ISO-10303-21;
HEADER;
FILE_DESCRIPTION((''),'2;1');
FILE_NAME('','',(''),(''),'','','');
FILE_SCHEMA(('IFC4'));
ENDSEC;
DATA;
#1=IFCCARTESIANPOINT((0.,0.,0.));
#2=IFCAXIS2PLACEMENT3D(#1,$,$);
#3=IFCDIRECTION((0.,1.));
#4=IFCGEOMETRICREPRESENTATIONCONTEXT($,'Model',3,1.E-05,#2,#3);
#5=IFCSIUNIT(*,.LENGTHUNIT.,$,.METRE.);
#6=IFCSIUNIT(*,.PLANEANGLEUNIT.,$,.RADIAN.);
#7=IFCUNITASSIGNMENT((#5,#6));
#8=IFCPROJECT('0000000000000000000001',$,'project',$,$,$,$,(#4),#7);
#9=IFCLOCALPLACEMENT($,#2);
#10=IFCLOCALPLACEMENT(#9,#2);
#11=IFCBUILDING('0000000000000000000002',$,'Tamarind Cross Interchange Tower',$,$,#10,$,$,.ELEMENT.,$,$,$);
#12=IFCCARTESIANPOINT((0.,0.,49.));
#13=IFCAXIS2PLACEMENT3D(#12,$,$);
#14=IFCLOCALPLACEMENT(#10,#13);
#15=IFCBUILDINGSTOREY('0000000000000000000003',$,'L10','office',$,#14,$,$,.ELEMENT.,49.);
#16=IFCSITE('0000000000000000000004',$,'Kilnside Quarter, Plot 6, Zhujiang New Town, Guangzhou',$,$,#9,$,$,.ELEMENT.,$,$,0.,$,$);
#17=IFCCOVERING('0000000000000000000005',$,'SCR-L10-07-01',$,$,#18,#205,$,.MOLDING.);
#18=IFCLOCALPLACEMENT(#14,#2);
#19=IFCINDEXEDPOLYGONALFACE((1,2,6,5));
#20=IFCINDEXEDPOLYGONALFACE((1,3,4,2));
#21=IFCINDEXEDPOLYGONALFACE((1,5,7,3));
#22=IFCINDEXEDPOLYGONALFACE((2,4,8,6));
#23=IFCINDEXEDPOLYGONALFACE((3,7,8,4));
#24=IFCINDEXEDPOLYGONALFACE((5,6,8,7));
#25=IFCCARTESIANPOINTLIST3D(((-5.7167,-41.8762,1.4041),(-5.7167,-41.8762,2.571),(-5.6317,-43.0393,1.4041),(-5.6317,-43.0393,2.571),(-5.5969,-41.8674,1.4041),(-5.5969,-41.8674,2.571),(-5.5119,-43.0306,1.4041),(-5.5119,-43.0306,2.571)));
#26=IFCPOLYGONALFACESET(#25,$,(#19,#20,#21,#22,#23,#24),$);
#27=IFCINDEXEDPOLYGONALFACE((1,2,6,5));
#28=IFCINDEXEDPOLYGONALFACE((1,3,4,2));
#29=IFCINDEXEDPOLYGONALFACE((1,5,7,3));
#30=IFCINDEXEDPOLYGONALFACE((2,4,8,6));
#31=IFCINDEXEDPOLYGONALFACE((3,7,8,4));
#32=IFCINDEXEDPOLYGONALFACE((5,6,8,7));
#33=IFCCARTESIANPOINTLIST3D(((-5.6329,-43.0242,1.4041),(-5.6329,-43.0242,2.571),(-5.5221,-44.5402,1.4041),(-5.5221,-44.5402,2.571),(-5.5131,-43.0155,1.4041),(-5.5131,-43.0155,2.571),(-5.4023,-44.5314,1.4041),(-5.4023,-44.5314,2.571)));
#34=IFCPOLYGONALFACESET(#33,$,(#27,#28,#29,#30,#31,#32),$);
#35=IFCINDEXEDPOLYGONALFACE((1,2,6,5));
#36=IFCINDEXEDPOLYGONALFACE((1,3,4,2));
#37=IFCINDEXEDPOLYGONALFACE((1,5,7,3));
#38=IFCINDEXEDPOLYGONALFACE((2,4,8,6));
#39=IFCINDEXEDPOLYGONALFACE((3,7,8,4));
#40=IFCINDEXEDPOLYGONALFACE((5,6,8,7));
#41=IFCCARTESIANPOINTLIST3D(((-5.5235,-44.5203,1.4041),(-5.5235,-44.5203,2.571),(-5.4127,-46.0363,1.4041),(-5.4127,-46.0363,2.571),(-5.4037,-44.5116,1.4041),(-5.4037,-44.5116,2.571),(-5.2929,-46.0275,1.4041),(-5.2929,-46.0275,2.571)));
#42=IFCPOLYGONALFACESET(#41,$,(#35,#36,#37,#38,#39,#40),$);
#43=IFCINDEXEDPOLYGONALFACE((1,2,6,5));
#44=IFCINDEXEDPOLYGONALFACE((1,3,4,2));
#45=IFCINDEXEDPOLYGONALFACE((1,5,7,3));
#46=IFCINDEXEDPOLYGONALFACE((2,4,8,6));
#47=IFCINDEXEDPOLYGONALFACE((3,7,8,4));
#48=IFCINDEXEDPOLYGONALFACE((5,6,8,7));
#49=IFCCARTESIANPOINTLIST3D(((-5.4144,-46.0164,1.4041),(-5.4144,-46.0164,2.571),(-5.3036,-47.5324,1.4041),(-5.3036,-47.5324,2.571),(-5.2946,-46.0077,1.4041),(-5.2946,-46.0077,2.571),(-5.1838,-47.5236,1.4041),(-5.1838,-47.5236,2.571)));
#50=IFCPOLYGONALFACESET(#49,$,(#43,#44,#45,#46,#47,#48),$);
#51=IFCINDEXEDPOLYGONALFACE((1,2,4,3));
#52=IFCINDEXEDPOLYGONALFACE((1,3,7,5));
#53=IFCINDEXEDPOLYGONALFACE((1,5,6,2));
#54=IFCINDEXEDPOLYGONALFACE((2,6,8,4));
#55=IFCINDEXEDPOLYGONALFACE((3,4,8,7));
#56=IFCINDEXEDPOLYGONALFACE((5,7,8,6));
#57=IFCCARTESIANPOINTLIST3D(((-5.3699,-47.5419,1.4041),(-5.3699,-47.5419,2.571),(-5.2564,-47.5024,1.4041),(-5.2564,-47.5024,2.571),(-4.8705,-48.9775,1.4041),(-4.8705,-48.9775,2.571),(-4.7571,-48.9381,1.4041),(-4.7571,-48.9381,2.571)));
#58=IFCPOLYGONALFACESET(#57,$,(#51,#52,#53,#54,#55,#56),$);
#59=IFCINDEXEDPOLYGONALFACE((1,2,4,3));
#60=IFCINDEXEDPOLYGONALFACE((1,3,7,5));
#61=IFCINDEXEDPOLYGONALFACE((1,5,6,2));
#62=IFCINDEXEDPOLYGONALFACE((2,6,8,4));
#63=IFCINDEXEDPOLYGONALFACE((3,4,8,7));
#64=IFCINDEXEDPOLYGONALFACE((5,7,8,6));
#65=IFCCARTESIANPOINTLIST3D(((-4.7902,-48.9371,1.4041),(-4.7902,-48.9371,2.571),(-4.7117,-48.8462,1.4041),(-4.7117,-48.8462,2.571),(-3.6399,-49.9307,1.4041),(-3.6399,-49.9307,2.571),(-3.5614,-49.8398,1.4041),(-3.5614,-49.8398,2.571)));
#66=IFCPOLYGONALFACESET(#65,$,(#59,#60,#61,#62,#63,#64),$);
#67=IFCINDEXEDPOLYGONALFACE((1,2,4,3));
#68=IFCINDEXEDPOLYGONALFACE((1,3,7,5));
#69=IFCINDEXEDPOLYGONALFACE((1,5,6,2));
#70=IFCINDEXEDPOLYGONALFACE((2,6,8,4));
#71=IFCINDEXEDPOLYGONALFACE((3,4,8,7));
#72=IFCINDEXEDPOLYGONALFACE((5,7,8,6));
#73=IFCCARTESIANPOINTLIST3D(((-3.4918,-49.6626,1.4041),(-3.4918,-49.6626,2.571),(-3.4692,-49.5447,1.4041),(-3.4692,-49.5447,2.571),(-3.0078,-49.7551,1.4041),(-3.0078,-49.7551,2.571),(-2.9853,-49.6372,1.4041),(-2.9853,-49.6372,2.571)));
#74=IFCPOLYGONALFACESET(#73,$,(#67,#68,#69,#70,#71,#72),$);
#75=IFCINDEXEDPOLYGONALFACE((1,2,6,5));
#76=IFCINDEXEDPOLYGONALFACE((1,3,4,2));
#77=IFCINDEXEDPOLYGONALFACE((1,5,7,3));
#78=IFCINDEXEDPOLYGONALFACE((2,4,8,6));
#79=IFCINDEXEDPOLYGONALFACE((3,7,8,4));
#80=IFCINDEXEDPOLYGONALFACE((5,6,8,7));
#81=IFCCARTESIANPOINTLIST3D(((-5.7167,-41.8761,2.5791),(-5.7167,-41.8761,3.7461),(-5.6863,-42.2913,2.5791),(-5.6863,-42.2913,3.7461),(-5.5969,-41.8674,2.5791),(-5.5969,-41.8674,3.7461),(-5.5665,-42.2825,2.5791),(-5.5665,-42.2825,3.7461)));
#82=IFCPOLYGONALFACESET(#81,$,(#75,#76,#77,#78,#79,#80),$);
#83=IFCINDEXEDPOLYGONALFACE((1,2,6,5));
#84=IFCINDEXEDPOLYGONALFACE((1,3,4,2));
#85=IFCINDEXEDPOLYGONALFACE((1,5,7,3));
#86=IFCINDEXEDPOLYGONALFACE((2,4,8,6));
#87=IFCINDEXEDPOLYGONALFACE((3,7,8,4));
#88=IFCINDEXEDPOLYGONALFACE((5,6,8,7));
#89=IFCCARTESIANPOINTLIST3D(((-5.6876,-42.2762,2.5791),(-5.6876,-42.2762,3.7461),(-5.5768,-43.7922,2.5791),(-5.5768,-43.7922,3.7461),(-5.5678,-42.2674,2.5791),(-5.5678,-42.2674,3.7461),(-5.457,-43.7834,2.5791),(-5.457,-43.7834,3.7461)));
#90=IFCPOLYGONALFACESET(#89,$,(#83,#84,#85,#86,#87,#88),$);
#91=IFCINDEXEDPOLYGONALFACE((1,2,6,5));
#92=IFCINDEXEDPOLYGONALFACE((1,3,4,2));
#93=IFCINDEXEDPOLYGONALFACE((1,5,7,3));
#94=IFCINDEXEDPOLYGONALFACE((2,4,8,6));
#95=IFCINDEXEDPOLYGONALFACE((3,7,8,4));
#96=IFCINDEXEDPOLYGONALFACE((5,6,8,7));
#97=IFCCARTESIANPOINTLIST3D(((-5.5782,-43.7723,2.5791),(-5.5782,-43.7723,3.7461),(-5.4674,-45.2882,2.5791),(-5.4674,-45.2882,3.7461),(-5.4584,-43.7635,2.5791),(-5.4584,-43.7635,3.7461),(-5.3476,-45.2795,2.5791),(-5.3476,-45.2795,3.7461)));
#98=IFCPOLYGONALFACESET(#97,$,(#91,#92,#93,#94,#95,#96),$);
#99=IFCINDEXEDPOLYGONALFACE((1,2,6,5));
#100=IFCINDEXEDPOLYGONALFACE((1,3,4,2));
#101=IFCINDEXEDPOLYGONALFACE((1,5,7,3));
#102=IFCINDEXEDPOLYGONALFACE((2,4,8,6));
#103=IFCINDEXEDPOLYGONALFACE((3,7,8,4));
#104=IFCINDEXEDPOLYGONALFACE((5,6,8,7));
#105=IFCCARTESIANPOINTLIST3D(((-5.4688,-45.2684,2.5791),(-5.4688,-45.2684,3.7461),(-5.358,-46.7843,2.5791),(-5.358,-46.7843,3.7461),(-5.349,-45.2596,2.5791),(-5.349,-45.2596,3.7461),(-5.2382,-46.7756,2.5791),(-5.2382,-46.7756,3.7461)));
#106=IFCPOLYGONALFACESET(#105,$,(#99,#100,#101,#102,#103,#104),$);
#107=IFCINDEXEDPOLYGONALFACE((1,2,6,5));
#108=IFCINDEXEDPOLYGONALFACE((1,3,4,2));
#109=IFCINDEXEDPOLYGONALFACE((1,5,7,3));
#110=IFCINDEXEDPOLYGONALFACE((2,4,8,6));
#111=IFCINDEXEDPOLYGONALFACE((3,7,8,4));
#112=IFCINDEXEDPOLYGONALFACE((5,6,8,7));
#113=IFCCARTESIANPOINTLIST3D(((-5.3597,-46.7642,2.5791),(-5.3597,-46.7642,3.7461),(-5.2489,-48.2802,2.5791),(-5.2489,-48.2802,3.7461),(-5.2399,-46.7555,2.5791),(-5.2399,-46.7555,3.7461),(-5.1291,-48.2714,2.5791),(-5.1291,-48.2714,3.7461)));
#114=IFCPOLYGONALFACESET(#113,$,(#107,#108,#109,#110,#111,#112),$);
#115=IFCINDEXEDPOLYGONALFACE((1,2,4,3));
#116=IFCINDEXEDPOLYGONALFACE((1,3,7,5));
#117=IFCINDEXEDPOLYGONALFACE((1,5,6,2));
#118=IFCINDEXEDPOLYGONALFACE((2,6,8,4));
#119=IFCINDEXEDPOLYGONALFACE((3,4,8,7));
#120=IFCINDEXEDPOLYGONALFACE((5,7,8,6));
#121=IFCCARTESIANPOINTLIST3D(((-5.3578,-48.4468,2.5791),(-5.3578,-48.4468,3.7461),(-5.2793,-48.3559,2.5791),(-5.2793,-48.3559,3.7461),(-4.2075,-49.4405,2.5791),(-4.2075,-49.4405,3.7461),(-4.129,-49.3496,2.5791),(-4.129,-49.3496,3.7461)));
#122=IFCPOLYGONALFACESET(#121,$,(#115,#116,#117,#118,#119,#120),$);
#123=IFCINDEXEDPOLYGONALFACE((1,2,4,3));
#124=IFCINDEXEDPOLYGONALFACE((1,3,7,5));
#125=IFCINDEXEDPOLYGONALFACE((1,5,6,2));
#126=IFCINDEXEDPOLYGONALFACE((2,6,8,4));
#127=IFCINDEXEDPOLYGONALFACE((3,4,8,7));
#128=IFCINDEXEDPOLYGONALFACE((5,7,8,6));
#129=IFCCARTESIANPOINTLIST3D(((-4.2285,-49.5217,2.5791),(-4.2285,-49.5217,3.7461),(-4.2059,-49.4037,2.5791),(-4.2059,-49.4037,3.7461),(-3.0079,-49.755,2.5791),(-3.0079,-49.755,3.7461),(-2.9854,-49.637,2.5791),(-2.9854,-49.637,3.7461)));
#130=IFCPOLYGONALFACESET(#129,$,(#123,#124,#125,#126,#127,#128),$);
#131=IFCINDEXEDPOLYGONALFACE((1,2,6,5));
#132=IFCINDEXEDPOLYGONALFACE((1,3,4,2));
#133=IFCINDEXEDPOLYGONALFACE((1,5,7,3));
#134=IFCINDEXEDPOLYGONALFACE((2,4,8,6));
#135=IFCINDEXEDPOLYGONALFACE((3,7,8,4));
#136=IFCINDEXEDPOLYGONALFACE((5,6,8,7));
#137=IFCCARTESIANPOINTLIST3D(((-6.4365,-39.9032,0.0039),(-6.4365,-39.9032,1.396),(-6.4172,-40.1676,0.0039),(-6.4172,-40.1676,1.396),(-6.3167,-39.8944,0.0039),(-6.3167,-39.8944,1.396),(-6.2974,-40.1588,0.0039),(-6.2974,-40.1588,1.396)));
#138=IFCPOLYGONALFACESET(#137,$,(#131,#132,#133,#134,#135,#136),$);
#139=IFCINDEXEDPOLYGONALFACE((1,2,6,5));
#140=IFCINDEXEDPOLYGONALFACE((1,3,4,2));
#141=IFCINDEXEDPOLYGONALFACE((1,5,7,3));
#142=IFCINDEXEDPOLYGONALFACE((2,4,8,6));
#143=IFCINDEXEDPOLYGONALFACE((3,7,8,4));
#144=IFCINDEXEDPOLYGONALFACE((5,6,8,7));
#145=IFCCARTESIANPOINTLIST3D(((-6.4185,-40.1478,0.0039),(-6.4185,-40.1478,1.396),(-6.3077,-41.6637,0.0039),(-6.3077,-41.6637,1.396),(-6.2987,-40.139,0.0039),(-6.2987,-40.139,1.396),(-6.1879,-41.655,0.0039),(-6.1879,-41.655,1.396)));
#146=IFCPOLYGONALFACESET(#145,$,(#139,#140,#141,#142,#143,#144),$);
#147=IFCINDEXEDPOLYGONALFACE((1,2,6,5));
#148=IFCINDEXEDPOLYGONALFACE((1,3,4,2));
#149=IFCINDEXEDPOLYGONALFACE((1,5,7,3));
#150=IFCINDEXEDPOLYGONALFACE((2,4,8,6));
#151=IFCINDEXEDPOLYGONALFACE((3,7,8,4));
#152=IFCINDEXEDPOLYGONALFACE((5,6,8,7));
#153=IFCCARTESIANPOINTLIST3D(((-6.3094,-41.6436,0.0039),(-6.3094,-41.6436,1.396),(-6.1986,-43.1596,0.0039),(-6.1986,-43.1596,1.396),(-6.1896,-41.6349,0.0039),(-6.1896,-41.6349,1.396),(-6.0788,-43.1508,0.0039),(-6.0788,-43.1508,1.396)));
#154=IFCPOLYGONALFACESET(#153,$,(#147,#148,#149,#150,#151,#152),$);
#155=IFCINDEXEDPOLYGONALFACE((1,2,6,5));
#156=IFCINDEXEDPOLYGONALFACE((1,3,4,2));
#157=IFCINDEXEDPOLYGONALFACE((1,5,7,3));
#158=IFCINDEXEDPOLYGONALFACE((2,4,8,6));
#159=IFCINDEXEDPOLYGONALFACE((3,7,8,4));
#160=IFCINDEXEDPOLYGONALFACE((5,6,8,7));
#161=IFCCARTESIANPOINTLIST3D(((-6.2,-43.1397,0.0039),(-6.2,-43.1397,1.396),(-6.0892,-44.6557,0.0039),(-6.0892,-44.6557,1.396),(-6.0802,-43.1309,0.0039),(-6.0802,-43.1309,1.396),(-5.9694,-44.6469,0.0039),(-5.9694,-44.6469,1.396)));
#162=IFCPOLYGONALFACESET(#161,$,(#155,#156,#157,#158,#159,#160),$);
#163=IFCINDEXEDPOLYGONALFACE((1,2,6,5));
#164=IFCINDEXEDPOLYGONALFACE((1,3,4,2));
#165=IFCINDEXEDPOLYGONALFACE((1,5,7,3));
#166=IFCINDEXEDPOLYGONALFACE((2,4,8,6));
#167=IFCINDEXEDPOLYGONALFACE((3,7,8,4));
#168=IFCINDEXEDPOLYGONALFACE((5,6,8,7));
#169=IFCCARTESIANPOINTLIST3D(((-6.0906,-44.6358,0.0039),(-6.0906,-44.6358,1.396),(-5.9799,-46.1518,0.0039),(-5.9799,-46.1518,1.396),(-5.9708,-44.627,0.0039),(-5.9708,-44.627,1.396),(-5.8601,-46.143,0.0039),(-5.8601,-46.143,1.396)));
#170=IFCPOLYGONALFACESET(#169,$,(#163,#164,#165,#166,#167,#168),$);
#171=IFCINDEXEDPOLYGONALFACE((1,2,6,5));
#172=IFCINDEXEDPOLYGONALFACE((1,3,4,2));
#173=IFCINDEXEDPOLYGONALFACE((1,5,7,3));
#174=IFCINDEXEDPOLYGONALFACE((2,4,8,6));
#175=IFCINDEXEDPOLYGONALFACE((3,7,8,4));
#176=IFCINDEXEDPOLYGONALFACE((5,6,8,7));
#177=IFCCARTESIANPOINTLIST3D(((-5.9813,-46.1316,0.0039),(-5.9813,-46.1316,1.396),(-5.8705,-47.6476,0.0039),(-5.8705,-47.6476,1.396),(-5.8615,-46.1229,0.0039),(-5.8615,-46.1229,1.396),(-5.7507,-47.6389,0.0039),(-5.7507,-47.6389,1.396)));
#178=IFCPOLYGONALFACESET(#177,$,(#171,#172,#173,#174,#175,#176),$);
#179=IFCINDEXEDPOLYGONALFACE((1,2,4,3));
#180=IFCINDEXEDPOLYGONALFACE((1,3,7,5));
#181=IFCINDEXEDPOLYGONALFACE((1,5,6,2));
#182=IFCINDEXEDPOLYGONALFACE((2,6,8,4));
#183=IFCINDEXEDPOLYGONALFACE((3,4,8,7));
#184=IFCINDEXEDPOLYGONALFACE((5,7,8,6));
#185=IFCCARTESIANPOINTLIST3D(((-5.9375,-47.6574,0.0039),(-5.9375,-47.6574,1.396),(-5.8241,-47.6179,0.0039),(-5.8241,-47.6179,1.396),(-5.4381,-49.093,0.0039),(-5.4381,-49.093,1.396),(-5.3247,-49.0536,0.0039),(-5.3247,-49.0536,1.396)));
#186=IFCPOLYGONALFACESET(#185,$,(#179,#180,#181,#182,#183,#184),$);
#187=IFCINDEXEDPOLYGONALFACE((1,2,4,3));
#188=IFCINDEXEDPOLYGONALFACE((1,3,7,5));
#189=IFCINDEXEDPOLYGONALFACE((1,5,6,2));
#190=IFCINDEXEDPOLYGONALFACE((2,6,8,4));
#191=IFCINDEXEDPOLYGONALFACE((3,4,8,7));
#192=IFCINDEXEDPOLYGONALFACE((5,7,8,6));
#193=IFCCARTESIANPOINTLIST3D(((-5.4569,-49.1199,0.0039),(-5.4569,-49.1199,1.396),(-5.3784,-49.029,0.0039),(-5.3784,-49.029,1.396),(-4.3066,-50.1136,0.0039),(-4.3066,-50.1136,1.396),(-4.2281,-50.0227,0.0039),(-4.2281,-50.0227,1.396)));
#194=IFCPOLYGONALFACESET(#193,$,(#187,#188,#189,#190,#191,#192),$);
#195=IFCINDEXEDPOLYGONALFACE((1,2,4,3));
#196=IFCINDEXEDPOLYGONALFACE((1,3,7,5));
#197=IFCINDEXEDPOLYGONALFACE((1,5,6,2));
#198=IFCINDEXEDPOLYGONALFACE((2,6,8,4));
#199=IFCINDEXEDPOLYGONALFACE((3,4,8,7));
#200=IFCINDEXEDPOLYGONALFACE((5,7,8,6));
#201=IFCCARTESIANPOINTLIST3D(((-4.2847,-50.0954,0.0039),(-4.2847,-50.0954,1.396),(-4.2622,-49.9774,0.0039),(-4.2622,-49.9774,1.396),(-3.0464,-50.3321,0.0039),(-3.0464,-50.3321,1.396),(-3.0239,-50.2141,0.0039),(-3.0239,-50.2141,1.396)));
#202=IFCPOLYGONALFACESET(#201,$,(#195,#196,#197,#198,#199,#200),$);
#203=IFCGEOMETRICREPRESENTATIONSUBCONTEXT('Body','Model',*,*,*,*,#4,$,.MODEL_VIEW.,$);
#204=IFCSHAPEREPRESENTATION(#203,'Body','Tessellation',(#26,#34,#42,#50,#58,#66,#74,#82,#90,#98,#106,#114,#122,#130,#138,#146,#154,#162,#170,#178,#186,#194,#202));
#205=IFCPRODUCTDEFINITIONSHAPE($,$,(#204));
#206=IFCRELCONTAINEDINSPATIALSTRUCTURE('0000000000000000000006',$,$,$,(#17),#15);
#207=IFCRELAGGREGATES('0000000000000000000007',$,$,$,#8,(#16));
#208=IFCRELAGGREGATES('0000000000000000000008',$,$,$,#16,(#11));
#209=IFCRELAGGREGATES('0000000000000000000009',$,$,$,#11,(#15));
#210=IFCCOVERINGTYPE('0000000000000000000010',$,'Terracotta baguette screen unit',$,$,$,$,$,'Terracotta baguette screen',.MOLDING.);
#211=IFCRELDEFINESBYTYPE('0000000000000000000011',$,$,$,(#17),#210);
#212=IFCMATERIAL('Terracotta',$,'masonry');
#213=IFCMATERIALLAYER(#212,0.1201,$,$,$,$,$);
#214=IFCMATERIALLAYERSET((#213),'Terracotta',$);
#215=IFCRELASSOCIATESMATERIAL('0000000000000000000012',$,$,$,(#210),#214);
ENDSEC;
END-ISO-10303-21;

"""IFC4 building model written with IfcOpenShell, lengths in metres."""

from ifc_helpers import new_model, si_unit, direction, frame, origin, origin_2d, place, context, subcontext, project, spatial, rectangle, extrude, material, layer, layer_set, type_object, element, save


model = new_model("IFC4")

# Units and contexts
model_context = context("Model", 3, precision=1e-05, world=origin(), true_north=direction((0.0, 1.0)))
body_context = subcontext(model_context, "Body", "Model", "MODEL_VIEW")
ifc_project = project(units=[si_unit("LENGTHUNIT", "METRE"), si_unit("PLANEANGLEUNIT", "RADIAN")], contexts=[model_context])

# Site, building, storey
site_placement = place(None, origin())
site = spatial("IfcSite", under=ifc_project, at=site_placement, Name="Kilnside Quarter, Plot 6, Zhujiang New Town, Guangzhou", CompositionType="ELEMENT", RefElevation=0.0)
building_placement = place(site_placement, origin())
building = spatial("IfcBuilding", under=site, at=building_placement, Name="Tamarind Cross Interchange Tower", CompositionType="ELEMENT")
storey_placement = place(building_placement, frame((0.0, 0.0, 49.0)))
storey = spatial("IfcBuildingStorey", under=building, at=storey_placement, Name="L10", Description="office", CompositionType="ELEMENT", Elevation=49.0)

# Covering
ifc_material_1 = material(Name="Terracotta", Category="masonry")
ifc_layer_1 = layer(ifc_material_1, 0.1201)
ifc_layer_set_1 = layer_set([ifc_layer_1], Name="Terracotta")
covering_type = type_object("IfcCoveringType", Name="Terracotta baguette screen unit", ElementType="Terracotta baguette screen", PredefinedType="MOLDING", material=ifc_layer_set_1)
covering_1_placement = place(storey_placement, origin())
element("IfcCovering", 1, at=covering_1_placement, inside=storey, type_object=covering_type, Name="SCR-L10-07-01", PredefinedType="MOLDING", context=body_context, shape_type="SweptSolid", body=[
    extrude(rectangle(XDim=1.1663, YDim=0.1201, at=origin_2d()), frame((-5.6143, -42.4534, 1.4041), z_axis=(0.0, 0.0, 1.0), x_axis=(0.072876, -0.997341, 0.0)), (0.0, 0.0, 1.0), 1.167),
    extrude(rectangle(XDim=1.52, YDim=0.1201, at=origin_2d()), frame((-5.5176, -43.7778, 1.4041), z_axis=(0.0, 0.0, 1.0), x_axis=(0.072876, -0.997341, 0.0)), (0.0, 0.0, 1.0), 1.167),
    extrude(rectangle(XDim=1.52, YDim=0.1201, at=origin_2d()), frame((-5.4082, -45.2739, 1.4041), z_axis=(0.0, 0.0, 1.0), x_axis=(0.072876, -0.997341, 0.0)), (0.0, 0.0, 1.0), 1.167),
    extrude(rectangle(XDim=1.52, YDim=0.1201, at=origin_2d()), frame((-5.2991, -46.77, 1.4041), z_axis=(0.0, 0.0, 1.0), x_axis=(0.072876, -0.997341, 0.0)), (0.0, 0.0, 1.0), 1.167),
    extrude(rectangle(XDim=1.52, YDim=0.1201, at=origin_2d()), frame((-5.0635, -48.24, 1.4041), z_axis=(0.0, 0.0, 1.0), x_axis=(0.328524, -0.944496, 0.0)), (0.0, 0.0, 1.0), 1.167),
    extrude(rectangle(XDim=1.52, YDim=0.1201, at=origin_2d()), frame((-4.1758, -49.3884, 1.4041), z_axis=(0.0, 0.0, 1.0), x_axis=(0.756758, -0.653695, 0.0)), (0.0, 0.0, 1.0), 1.167),
    extrude(rectangle(XDim=0.4927, YDim=0.1201, at=origin_2d()), frame((-3.2385, -49.6499, 1.4041), z_axis=(0.0, 0.0, 1.0), x_axis=(0.982219, -0.187738, 0.0)), (0.0, 0.0, 1.0), 1.167),
    extrude(rectangle(XDim=0.4163, YDim=0.1201, at=origin_2d()), frame((-5.6416, -42.0793, 2.5791), z_axis=(0.0, 0.0, 1.0), x_axis=(0.072876, -0.997341, 0.0)), (0.0, 0.0, 1.0), 1.167),
    extrude(rectangle(XDim=1.52, YDim=0.1201, at=origin_2d()), frame((-5.5723, -43.0298, 2.5791), z_axis=(0.0, 0.0, 1.0), x_axis=(0.072876, -0.997341, 0.0)), (0.0, 0.0, 1.0), 1.167),
    extrude(rectangle(XDim=1.52, YDim=0.1201, at=origin_2d()), frame((-5.4629, -44.5259, 2.5791), z_axis=(0.0, 0.0, 1.0), x_axis=(0.072876, -0.997341, 0.0)), (0.0, 0.0, 1.0), 1.167),
    extrude(rectangle(XDim=1.52, YDim=0.1201, at=origin_2d()), frame((-5.3535, -46.022, 2.5791), z_axis=(0.0, 0.0, 1.0), x_axis=(0.072876, -0.997341, 0.0)), (0.0, 0.0, 1.0), 1.167),
    extrude(rectangle(XDim=1.52, YDim=0.1201, at=origin_2d()), frame((-5.2444, -47.5178, 2.5791), z_axis=(0.0, 0.0, 1.0), x_axis=(0.072876, -0.997341, 0.0)), (0.0, 0.0, 1.0), 1.167),
    extrude(rectangle(XDim=1.52, YDim=0.1201, at=origin_2d()), frame((-4.7434, -48.8982, 2.5791), z_axis=(0.0, 0.0, 1.0), x_axis=(0.756758, -0.653695, 0.0)), (0.0, 0.0, 1.0), 1.167),
    extrude(rectangle(XDim=1.2427, YDim=0.1201, at=origin_2d()), frame((-3.6069, -49.5793, 2.5791), z_axis=(0.0, 0.0, 1.0), x_axis=(0.982219, -0.187738, 0.0)), (0.0, 0.0, 1.0), 1.167),
    extrude(rectangle(XDim=0.2651, YDim=0.1201, at=origin_2d()), frame((-6.3669, -40.031, 0.0039), z_axis=(0.0, 0.0, 1.0), x_axis=(0.072876, -0.997341, 0.0)), (0.0, 0.0, 1.0), 1.3921),
    extrude(rectangle(XDim=1.52, YDim=0.1201, at=origin_2d()), frame((-6.3032, -40.9014, 0.0039), z_axis=(0.0, 0.0, 1.0), x_axis=(0.072876, -0.997341, 0.0)), (0.0, 0.0, 1.0), 1.3921),
    extrude(rectangle(XDim=1.52, YDim=0.1201, at=origin_2d()), frame((-6.1941, -42.3972, 0.0039), z_axis=(0.0, 0.0, 1.0), x_axis=(0.072876, -0.997341, 0.0)), (0.0, 0.0, 1.0), 1.3921),
    extrude(rectangle(XDim=1.52, YDim=0.1201, at=origin_2d()), frame((-6.0847, -43.8933, 0.0039), z_axis=(0.0, 0.0, 1.0), x_axis=(0.072876, -0.997341, 0.0)), (0.0, 0.0, 1.0), 1.3921),
    extrude(rectangle(XDim=1.52, YDim=0.1201, at=origin_2d()), frame((-5.9753, -45.3894, 0.0039), z_axis=(0.0, 0.0, 1.0), x_axis=(0.072876, -0.997341, 0.0)), (0.0, 0.0, 1.0), 1.3921),
    extrude(rectangle(XDim=1.52, YDim=0.1201, at=origin_2d()), frame((-5.866, -46.8853, 0.0039), z_axis=(0.0, 0.0, 1.0), x_axis=(0.072876, -0.997341, 0.0)), (0.0, 0.0, 1.0), 1.3921),
    extrude(rectangle(XDim=1.52, YDim=0.1201, at=origin_2d()), frame((-5.6311, -48.3555, 0.0039), z_axis=(0.0, 0.0, 1.0), x_axis=(0.328524, -0.944496, 0.0)), (0.0, 0.0, 1.0), 1.3921),
    extrude(rectangle(XDim=1.52, YDim=0.1201, at=origin_2d()), frame((-4.8425, -49.5713, 0.0039), z_axis=(0.0, 0.0, 1.0), x_axis=(0.756758, -0.653695, 0.0)), (0.0, 0.0, 1.0), 1.3921),
    extrude(rectangle(XDim=1.2607, YDim=0.1201, at=origin_2d()), frame((-3.6543, -50.1548, 0.0039), z_axis=(0.0, 0.0, 1.0), x_axis=(0.982219, -0.187738, 0.0)), (0.0, 0.0, 1.0), 1.3921),
])

save(model, "model.ifc")
